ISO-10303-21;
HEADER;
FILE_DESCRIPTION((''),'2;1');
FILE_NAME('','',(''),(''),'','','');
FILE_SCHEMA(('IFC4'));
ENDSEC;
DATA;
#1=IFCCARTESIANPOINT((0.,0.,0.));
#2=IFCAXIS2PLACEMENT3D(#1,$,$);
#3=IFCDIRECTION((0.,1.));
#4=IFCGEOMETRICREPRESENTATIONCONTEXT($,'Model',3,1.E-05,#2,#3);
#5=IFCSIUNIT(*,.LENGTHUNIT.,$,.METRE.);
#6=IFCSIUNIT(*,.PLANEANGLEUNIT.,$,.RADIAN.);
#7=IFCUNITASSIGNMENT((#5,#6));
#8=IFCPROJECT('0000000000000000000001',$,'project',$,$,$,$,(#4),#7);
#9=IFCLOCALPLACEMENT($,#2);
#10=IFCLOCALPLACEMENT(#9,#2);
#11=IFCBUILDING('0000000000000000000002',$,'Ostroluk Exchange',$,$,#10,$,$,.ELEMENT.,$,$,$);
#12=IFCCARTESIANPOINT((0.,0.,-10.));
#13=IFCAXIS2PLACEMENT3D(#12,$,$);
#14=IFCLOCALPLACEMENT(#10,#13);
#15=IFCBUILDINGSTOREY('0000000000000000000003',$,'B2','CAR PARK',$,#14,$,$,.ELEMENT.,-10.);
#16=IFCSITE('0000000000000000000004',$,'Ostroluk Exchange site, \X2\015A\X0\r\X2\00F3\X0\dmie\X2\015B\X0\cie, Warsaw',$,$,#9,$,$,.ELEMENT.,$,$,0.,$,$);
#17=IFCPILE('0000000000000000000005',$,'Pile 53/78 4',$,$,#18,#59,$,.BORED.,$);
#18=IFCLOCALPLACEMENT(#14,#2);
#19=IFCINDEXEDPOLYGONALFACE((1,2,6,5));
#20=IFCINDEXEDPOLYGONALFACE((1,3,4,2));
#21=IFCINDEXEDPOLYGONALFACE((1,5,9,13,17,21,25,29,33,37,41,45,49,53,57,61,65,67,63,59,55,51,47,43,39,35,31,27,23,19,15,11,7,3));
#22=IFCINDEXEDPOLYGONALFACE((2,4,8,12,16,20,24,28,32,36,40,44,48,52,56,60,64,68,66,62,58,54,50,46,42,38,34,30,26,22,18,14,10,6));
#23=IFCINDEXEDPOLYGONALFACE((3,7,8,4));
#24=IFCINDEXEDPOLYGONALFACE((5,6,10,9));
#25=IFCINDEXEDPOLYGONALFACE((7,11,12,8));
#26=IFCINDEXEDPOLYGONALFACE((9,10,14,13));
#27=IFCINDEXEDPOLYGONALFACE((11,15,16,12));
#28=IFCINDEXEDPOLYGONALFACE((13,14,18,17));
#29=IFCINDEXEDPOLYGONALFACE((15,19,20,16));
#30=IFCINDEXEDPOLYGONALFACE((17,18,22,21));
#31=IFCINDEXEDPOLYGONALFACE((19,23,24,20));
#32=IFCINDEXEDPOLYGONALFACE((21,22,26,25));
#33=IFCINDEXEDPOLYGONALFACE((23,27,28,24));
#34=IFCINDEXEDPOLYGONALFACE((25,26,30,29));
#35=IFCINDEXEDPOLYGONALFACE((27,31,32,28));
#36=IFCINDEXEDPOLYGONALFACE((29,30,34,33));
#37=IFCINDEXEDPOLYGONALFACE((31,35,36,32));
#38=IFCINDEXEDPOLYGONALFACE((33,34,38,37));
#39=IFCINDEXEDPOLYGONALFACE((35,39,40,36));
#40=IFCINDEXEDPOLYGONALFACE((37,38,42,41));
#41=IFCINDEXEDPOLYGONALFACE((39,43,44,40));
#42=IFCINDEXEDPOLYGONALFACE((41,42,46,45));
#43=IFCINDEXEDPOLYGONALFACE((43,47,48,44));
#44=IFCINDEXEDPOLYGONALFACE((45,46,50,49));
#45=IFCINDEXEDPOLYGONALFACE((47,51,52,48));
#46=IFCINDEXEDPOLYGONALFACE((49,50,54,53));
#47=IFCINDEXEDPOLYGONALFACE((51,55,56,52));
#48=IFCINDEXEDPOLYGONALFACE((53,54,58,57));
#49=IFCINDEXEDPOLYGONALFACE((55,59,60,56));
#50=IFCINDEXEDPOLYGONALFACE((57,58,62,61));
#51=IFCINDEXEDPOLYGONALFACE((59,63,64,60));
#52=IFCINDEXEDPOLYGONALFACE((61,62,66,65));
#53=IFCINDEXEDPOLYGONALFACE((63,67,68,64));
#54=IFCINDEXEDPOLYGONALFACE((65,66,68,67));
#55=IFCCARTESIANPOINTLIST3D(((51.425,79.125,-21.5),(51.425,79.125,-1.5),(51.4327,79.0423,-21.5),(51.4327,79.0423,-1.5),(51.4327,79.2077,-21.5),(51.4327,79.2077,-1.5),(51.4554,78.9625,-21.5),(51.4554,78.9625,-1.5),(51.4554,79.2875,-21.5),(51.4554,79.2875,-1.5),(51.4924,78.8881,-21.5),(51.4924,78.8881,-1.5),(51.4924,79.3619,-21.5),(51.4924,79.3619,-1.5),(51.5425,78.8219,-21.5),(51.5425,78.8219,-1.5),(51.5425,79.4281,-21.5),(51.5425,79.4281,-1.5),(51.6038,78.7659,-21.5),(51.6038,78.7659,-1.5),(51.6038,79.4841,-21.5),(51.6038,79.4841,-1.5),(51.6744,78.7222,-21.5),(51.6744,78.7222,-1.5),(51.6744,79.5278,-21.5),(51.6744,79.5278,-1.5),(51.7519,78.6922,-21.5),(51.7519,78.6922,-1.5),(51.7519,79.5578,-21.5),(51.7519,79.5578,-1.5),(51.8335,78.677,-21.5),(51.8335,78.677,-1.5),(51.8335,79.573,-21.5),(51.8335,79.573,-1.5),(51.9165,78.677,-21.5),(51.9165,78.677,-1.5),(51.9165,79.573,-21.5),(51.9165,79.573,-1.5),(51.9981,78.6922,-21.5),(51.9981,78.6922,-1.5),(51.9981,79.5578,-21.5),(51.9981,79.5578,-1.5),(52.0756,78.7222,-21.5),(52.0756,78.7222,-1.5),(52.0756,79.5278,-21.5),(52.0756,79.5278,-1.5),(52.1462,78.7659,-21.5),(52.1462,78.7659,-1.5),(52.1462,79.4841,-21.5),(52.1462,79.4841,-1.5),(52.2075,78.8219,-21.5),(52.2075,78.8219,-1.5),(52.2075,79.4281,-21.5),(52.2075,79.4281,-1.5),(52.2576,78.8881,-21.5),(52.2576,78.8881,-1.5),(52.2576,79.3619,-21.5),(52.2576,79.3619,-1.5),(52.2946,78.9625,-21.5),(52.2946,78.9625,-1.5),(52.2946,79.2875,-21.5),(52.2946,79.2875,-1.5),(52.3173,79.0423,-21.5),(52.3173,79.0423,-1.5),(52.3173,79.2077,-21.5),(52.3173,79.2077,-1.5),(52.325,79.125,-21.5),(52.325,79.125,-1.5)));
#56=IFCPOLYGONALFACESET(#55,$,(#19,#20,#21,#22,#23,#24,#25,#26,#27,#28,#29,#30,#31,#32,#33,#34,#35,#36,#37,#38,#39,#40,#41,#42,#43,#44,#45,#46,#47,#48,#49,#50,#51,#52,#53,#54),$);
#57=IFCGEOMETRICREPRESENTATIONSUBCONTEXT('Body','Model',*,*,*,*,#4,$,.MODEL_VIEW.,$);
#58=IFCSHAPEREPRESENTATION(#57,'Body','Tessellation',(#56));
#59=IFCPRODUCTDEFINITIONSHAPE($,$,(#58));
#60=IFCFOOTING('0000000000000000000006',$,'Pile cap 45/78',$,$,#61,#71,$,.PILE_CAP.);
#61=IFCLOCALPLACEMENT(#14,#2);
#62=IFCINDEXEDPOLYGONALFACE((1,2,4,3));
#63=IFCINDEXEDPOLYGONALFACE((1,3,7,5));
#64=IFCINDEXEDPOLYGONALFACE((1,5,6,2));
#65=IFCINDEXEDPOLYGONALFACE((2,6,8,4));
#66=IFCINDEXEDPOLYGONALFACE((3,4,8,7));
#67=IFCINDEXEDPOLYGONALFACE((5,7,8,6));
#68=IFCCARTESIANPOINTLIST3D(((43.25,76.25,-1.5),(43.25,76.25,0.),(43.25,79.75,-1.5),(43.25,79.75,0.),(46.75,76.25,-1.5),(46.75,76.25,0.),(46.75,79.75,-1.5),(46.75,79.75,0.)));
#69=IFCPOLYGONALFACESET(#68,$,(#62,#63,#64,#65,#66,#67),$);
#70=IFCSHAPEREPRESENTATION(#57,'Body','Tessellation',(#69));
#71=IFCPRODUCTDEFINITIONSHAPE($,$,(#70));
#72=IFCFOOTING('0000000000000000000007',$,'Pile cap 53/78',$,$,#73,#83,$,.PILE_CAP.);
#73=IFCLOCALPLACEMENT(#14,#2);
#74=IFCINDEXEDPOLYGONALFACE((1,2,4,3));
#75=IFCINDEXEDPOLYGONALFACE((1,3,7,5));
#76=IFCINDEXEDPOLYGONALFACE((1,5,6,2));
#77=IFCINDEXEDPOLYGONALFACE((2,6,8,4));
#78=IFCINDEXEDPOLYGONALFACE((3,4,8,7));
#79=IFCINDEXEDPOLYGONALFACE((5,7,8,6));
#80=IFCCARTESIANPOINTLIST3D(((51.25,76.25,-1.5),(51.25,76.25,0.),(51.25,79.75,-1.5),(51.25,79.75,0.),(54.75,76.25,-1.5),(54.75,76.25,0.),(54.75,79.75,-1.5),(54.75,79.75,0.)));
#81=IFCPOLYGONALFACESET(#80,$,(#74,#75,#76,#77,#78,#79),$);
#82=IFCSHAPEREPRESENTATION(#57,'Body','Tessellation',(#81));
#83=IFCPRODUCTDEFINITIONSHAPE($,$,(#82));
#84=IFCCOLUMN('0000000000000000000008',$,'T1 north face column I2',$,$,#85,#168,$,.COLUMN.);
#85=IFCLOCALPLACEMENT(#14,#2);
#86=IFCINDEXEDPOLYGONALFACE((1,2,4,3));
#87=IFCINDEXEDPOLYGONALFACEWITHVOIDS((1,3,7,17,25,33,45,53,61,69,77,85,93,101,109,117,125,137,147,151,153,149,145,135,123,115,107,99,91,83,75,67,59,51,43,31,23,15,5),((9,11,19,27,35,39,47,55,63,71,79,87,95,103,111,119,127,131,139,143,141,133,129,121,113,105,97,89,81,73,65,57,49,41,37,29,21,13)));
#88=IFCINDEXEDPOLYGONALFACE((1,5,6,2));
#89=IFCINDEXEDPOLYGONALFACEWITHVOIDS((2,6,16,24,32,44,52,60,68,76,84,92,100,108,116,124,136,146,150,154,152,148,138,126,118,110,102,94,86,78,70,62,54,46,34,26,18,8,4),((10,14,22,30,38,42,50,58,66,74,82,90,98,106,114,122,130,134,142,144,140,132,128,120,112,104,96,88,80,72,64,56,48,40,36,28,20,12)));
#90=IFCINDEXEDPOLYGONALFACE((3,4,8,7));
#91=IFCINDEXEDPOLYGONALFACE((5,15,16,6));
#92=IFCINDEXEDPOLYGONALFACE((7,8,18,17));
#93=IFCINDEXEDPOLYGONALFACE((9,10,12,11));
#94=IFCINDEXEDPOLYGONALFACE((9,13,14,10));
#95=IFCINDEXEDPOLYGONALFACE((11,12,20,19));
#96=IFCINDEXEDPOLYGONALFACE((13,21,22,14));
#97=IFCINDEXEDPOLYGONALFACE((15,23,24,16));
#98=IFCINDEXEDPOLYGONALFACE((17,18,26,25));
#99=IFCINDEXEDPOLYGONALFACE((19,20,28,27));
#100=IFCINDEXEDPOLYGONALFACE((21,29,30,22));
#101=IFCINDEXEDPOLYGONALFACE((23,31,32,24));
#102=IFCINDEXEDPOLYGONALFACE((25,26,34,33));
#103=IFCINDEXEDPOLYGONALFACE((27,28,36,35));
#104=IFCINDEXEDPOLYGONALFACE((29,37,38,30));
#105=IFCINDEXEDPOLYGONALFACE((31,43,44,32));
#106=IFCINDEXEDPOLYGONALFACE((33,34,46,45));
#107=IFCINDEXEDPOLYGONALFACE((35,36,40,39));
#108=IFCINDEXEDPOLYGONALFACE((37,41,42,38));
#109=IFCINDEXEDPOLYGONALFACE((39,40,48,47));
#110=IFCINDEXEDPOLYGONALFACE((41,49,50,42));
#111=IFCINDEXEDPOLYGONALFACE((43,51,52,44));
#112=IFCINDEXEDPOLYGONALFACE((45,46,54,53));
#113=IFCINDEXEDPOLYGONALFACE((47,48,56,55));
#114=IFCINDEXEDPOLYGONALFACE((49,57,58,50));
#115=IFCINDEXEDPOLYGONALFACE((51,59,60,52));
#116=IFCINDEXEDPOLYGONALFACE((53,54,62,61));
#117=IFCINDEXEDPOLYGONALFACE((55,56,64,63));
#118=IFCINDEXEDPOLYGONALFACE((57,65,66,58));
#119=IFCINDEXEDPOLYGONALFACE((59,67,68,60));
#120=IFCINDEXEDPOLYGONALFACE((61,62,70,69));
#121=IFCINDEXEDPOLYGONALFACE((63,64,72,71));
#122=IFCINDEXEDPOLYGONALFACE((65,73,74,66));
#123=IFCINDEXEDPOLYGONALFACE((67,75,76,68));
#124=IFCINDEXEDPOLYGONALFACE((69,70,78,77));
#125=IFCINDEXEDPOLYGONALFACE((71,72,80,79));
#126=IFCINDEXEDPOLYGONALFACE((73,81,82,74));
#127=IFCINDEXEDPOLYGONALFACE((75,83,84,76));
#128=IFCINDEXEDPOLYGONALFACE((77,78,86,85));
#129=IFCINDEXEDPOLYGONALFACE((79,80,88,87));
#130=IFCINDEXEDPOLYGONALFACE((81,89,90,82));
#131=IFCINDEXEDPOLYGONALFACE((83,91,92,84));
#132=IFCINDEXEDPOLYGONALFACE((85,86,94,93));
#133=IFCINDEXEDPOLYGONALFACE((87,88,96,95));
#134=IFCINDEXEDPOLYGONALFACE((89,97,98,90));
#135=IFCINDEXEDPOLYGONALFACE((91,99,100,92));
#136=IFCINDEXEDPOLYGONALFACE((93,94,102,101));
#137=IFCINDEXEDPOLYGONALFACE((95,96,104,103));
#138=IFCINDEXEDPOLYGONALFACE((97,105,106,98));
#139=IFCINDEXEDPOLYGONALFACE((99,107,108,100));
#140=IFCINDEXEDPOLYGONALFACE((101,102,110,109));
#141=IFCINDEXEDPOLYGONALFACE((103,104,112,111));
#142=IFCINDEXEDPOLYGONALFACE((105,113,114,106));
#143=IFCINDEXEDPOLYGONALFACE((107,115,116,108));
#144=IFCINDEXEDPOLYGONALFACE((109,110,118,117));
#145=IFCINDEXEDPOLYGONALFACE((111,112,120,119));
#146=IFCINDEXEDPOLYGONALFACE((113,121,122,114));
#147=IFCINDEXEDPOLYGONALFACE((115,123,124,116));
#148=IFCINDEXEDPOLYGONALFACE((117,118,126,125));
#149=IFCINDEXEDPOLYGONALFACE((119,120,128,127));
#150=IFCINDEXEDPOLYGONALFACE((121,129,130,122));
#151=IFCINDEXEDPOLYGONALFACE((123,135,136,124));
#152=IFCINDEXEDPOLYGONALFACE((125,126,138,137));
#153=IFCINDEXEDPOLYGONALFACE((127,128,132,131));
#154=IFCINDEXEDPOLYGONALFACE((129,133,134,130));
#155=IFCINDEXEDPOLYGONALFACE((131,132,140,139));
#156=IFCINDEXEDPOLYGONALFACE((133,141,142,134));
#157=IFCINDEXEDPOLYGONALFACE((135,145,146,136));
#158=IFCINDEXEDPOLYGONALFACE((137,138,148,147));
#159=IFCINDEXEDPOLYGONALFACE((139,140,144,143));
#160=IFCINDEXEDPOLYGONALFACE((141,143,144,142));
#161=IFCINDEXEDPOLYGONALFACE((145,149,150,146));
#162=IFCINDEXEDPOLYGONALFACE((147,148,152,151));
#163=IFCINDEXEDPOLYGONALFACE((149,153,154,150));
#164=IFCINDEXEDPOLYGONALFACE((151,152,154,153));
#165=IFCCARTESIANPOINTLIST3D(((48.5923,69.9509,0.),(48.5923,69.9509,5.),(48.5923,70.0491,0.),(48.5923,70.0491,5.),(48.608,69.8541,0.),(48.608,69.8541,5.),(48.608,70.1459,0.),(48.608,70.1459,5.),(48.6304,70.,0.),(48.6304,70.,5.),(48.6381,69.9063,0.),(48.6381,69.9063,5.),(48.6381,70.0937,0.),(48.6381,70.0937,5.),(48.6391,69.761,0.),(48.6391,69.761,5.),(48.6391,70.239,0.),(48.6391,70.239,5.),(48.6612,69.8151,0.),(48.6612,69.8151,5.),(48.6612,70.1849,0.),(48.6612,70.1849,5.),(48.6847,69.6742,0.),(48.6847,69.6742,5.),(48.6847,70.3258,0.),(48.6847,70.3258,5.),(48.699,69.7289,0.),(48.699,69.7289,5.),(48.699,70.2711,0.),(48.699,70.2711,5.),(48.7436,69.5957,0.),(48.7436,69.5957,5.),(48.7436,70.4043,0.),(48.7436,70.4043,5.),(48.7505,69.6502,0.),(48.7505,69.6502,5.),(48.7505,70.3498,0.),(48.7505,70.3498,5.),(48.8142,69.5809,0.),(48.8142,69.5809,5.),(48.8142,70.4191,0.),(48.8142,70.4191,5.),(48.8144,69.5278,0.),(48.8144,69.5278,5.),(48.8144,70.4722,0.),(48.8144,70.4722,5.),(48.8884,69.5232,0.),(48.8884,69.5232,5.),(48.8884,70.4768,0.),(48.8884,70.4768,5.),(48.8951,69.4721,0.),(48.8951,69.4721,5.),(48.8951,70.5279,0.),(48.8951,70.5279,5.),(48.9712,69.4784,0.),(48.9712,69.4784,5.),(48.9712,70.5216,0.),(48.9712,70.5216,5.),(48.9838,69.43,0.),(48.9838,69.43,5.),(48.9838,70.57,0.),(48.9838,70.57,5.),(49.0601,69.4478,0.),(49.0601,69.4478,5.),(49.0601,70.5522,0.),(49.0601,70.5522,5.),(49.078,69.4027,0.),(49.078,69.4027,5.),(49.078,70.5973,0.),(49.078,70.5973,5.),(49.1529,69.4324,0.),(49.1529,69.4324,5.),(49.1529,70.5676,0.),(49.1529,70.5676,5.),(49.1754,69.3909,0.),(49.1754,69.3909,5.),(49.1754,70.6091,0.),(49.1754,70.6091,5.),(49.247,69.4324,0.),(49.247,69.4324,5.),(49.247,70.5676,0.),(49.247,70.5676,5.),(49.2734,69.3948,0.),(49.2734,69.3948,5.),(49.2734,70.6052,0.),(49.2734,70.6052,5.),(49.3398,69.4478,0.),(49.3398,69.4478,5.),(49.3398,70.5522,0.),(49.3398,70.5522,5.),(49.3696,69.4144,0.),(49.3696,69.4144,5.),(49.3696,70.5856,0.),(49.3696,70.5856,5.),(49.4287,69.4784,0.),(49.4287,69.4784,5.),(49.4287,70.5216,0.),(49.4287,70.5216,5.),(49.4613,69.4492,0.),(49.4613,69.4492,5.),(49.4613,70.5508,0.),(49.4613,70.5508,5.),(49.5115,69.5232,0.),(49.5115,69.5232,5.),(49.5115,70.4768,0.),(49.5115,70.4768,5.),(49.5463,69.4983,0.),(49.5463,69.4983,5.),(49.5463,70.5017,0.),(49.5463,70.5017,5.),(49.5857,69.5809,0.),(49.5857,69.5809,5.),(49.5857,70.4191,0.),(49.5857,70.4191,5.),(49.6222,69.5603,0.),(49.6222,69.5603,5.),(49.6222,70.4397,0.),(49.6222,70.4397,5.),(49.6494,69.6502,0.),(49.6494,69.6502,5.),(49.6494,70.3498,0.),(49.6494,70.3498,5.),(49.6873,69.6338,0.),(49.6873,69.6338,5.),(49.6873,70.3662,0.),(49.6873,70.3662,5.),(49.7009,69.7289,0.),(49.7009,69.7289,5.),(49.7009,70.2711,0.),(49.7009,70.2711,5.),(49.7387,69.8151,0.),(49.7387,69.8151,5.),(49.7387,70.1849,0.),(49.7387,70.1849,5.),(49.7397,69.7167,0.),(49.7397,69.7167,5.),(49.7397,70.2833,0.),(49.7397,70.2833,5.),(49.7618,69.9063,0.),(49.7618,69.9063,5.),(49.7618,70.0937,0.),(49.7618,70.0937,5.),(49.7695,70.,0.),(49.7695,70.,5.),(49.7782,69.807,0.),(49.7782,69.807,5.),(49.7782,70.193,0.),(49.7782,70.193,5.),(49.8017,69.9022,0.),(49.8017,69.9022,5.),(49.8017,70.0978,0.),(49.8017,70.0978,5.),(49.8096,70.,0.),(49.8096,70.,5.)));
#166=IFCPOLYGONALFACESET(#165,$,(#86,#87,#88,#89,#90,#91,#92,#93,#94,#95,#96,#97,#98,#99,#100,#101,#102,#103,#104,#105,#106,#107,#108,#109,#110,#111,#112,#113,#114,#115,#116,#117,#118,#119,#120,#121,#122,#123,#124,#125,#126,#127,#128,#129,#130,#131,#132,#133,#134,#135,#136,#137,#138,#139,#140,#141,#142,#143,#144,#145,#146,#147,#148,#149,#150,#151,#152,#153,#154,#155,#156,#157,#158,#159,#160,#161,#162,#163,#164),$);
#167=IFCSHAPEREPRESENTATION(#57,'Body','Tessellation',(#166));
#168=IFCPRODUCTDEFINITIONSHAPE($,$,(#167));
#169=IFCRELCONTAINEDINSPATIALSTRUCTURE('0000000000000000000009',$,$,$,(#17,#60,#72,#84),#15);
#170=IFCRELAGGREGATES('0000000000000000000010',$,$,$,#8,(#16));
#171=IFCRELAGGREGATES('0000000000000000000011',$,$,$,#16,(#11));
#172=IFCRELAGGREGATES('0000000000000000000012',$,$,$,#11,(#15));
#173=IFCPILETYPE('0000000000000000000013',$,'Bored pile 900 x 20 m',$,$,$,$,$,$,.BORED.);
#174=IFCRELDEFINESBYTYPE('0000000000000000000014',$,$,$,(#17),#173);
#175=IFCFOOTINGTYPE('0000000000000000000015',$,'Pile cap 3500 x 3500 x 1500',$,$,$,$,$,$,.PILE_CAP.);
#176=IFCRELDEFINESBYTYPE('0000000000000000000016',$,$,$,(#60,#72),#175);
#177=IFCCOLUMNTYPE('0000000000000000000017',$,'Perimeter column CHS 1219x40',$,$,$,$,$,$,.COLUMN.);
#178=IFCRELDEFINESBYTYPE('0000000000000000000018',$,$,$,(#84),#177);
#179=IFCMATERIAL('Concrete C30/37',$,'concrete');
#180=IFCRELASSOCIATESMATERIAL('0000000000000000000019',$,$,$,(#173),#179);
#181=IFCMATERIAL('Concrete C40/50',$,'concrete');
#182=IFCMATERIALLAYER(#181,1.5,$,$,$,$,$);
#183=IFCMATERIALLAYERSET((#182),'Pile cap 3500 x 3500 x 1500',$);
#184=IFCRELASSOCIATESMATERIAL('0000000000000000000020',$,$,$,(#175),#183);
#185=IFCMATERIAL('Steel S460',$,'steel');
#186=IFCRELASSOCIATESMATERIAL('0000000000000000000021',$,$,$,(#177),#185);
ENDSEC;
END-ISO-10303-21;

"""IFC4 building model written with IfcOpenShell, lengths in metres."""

from ifc_helpers import new_model, si_unit, direction, frame, origin, origin_2d, place, context, subcontext, project, spatial, rectangle, circle, hollow_circle, extrude, material, layer, layer_set, material_profile, profile_set, type_object, element, save


model = new_model("IFC4")

# Units and contexts
model_context = context("Model", 3, precision=1e-05, world=origin(), true_north=direction((0.0, 1.0)))
body_context = subcontext(model_context, "Body", "Model", "MODEL_VIEW")
ifc_project = project(units=[si_unit("LENGTHUNIT", "METRE"), si_unit("PLANEANGLEUNIT", "RADIAN")], contexts=[model_context])

# Site, building, storey
site_placement = place(None, origin())
site = spatial("IfcSite", under=ifc_project, at=site_placement, Name="Ostroluk Exchange site, Śródmieście, Warsaw", CompositionType="ELEMENT", RefElevation=0.0)
building_placement = place(site_placement, origin())
building = spatial("IfcBuilding", under=site, at=building_placement, Name="Ostroluk Exchange", CompositionType="ELEMENT")
storey_placement = place(building_placement, frame((0.0, 0.0, -10.0)))
storey = spatial("IfcBuildingStorey", under=building, at=storey_placement, Name="B2", Description="CAR PARK", CompositionType="ELEMENT", Elevation=-10.0)

# Pile
ifc_material_1 = material(Name="Concrete C30/37", Category="concrete")
pile_type_1 = type_object("IfcPileType", Name="Bored pile 900 x 20 m", PredefinedType="BORED", material=ifc_material_1)
for number, where, z_axis, x_axis, name in (
    (1, (51.875, 79.125, -1.5), (0.0, 0.0, -1.0), (1.0, 0.0, 0.0), "Pile 53/78 4"),
):
    element("IfcPile", number, at=place(storey_placement, frame(where, z_axis=z_axis, x_axis=x_axis)), inside=storey, type_object=pile_type_1, Name=name, PredefinedType="BORED", context=body_context, shape_type="SweptSolid", body=[
        extrude(circle(Radius=0.45, at=origin_2d()), origin(), (0.0, 0.0, 1.0), 20.0),
    ])

# Footings
ifc_material_2 = material(Name="Concrete C40/50", Category="concrete")
ifc_layer = layer(ifc_material_2, 1.5)
ifc_layer_set = layer_set([ifc_layer], Name="Pile cap 3500 x 3500 x 1500")
footing_type = type_object("IfcFootingType", Name="Pile cap 3500 x 3500 x 1500", PredefinedType="PILE_CAP", material=ifc_layer_set)
for number, where, z_axis, x_axis, name in (
    (2, (45.0, 78.0, -1.5), (0.0, 0.0, 1.0), (1.0, 0.0, 0.0), "Pile cap 45/78"),
    (3, (53.0, 78.0, -1.5), (0.0, 0.0, 1.0), (1.0, 0.0, 0.0), "Pile cap 53/78"),
):
    element("IfcFooting", number, at=place(storey_placement, frame(where, z_axis=z_axis, x_axis=x_axis)), inside=storey, type_object=footing_type, Name=name, PredefinedType="PILE_CAP", context=body_context, shape_type="SweptSolid", body=[
        extrude(rectangle(XDim=3.5, YDim=3.5, at=origin_2d()), origin(), (0.0, 0.0, 1.0), 1.5),
    ])

# Column
ifc_material_3 = material(Name="Steel S460", Category="steel")
ifc_material_profile_1 = material_profile(ifc_material_3, hollow_circle(Radius=0.6096, WallThickness=0.04, at=origin_2d()), Name="CHS 1219x40")
ifc_profile_set_1 = profile_set([ifc_material_profile_1], Name="Steel S460")
column_type_1 = type_object("IfcColumnType", Name="Perimeter column CHS 1219x40", PredefinedType="COLUMN", material=ifc_profile_set_1)
for number, where, z_axis, x_axis, name in (
    (4, (49.2, 70.0, 0.0), (0.0, 0.0, 1.0), (1.0, 0.0, 0.0), "T1 north face column I2"),
):
    element("IfcColumn", number, at=place(storey_placement, frame(where, z_axis=z_axis, x_axis=x_axis)), inside=storey, type_object=column_type_1, Name=name, PredefinedType="COLUMN", context=body_context, shape_type="SweptSolid", body=[
        extrude(hollow_circle(Radius=0.6096, WallThickness=0.04, at=origin_2d()), origin(), (0.0, 0.0, 1.0), 5.0),
    ])

save(model, "model.ifc")
